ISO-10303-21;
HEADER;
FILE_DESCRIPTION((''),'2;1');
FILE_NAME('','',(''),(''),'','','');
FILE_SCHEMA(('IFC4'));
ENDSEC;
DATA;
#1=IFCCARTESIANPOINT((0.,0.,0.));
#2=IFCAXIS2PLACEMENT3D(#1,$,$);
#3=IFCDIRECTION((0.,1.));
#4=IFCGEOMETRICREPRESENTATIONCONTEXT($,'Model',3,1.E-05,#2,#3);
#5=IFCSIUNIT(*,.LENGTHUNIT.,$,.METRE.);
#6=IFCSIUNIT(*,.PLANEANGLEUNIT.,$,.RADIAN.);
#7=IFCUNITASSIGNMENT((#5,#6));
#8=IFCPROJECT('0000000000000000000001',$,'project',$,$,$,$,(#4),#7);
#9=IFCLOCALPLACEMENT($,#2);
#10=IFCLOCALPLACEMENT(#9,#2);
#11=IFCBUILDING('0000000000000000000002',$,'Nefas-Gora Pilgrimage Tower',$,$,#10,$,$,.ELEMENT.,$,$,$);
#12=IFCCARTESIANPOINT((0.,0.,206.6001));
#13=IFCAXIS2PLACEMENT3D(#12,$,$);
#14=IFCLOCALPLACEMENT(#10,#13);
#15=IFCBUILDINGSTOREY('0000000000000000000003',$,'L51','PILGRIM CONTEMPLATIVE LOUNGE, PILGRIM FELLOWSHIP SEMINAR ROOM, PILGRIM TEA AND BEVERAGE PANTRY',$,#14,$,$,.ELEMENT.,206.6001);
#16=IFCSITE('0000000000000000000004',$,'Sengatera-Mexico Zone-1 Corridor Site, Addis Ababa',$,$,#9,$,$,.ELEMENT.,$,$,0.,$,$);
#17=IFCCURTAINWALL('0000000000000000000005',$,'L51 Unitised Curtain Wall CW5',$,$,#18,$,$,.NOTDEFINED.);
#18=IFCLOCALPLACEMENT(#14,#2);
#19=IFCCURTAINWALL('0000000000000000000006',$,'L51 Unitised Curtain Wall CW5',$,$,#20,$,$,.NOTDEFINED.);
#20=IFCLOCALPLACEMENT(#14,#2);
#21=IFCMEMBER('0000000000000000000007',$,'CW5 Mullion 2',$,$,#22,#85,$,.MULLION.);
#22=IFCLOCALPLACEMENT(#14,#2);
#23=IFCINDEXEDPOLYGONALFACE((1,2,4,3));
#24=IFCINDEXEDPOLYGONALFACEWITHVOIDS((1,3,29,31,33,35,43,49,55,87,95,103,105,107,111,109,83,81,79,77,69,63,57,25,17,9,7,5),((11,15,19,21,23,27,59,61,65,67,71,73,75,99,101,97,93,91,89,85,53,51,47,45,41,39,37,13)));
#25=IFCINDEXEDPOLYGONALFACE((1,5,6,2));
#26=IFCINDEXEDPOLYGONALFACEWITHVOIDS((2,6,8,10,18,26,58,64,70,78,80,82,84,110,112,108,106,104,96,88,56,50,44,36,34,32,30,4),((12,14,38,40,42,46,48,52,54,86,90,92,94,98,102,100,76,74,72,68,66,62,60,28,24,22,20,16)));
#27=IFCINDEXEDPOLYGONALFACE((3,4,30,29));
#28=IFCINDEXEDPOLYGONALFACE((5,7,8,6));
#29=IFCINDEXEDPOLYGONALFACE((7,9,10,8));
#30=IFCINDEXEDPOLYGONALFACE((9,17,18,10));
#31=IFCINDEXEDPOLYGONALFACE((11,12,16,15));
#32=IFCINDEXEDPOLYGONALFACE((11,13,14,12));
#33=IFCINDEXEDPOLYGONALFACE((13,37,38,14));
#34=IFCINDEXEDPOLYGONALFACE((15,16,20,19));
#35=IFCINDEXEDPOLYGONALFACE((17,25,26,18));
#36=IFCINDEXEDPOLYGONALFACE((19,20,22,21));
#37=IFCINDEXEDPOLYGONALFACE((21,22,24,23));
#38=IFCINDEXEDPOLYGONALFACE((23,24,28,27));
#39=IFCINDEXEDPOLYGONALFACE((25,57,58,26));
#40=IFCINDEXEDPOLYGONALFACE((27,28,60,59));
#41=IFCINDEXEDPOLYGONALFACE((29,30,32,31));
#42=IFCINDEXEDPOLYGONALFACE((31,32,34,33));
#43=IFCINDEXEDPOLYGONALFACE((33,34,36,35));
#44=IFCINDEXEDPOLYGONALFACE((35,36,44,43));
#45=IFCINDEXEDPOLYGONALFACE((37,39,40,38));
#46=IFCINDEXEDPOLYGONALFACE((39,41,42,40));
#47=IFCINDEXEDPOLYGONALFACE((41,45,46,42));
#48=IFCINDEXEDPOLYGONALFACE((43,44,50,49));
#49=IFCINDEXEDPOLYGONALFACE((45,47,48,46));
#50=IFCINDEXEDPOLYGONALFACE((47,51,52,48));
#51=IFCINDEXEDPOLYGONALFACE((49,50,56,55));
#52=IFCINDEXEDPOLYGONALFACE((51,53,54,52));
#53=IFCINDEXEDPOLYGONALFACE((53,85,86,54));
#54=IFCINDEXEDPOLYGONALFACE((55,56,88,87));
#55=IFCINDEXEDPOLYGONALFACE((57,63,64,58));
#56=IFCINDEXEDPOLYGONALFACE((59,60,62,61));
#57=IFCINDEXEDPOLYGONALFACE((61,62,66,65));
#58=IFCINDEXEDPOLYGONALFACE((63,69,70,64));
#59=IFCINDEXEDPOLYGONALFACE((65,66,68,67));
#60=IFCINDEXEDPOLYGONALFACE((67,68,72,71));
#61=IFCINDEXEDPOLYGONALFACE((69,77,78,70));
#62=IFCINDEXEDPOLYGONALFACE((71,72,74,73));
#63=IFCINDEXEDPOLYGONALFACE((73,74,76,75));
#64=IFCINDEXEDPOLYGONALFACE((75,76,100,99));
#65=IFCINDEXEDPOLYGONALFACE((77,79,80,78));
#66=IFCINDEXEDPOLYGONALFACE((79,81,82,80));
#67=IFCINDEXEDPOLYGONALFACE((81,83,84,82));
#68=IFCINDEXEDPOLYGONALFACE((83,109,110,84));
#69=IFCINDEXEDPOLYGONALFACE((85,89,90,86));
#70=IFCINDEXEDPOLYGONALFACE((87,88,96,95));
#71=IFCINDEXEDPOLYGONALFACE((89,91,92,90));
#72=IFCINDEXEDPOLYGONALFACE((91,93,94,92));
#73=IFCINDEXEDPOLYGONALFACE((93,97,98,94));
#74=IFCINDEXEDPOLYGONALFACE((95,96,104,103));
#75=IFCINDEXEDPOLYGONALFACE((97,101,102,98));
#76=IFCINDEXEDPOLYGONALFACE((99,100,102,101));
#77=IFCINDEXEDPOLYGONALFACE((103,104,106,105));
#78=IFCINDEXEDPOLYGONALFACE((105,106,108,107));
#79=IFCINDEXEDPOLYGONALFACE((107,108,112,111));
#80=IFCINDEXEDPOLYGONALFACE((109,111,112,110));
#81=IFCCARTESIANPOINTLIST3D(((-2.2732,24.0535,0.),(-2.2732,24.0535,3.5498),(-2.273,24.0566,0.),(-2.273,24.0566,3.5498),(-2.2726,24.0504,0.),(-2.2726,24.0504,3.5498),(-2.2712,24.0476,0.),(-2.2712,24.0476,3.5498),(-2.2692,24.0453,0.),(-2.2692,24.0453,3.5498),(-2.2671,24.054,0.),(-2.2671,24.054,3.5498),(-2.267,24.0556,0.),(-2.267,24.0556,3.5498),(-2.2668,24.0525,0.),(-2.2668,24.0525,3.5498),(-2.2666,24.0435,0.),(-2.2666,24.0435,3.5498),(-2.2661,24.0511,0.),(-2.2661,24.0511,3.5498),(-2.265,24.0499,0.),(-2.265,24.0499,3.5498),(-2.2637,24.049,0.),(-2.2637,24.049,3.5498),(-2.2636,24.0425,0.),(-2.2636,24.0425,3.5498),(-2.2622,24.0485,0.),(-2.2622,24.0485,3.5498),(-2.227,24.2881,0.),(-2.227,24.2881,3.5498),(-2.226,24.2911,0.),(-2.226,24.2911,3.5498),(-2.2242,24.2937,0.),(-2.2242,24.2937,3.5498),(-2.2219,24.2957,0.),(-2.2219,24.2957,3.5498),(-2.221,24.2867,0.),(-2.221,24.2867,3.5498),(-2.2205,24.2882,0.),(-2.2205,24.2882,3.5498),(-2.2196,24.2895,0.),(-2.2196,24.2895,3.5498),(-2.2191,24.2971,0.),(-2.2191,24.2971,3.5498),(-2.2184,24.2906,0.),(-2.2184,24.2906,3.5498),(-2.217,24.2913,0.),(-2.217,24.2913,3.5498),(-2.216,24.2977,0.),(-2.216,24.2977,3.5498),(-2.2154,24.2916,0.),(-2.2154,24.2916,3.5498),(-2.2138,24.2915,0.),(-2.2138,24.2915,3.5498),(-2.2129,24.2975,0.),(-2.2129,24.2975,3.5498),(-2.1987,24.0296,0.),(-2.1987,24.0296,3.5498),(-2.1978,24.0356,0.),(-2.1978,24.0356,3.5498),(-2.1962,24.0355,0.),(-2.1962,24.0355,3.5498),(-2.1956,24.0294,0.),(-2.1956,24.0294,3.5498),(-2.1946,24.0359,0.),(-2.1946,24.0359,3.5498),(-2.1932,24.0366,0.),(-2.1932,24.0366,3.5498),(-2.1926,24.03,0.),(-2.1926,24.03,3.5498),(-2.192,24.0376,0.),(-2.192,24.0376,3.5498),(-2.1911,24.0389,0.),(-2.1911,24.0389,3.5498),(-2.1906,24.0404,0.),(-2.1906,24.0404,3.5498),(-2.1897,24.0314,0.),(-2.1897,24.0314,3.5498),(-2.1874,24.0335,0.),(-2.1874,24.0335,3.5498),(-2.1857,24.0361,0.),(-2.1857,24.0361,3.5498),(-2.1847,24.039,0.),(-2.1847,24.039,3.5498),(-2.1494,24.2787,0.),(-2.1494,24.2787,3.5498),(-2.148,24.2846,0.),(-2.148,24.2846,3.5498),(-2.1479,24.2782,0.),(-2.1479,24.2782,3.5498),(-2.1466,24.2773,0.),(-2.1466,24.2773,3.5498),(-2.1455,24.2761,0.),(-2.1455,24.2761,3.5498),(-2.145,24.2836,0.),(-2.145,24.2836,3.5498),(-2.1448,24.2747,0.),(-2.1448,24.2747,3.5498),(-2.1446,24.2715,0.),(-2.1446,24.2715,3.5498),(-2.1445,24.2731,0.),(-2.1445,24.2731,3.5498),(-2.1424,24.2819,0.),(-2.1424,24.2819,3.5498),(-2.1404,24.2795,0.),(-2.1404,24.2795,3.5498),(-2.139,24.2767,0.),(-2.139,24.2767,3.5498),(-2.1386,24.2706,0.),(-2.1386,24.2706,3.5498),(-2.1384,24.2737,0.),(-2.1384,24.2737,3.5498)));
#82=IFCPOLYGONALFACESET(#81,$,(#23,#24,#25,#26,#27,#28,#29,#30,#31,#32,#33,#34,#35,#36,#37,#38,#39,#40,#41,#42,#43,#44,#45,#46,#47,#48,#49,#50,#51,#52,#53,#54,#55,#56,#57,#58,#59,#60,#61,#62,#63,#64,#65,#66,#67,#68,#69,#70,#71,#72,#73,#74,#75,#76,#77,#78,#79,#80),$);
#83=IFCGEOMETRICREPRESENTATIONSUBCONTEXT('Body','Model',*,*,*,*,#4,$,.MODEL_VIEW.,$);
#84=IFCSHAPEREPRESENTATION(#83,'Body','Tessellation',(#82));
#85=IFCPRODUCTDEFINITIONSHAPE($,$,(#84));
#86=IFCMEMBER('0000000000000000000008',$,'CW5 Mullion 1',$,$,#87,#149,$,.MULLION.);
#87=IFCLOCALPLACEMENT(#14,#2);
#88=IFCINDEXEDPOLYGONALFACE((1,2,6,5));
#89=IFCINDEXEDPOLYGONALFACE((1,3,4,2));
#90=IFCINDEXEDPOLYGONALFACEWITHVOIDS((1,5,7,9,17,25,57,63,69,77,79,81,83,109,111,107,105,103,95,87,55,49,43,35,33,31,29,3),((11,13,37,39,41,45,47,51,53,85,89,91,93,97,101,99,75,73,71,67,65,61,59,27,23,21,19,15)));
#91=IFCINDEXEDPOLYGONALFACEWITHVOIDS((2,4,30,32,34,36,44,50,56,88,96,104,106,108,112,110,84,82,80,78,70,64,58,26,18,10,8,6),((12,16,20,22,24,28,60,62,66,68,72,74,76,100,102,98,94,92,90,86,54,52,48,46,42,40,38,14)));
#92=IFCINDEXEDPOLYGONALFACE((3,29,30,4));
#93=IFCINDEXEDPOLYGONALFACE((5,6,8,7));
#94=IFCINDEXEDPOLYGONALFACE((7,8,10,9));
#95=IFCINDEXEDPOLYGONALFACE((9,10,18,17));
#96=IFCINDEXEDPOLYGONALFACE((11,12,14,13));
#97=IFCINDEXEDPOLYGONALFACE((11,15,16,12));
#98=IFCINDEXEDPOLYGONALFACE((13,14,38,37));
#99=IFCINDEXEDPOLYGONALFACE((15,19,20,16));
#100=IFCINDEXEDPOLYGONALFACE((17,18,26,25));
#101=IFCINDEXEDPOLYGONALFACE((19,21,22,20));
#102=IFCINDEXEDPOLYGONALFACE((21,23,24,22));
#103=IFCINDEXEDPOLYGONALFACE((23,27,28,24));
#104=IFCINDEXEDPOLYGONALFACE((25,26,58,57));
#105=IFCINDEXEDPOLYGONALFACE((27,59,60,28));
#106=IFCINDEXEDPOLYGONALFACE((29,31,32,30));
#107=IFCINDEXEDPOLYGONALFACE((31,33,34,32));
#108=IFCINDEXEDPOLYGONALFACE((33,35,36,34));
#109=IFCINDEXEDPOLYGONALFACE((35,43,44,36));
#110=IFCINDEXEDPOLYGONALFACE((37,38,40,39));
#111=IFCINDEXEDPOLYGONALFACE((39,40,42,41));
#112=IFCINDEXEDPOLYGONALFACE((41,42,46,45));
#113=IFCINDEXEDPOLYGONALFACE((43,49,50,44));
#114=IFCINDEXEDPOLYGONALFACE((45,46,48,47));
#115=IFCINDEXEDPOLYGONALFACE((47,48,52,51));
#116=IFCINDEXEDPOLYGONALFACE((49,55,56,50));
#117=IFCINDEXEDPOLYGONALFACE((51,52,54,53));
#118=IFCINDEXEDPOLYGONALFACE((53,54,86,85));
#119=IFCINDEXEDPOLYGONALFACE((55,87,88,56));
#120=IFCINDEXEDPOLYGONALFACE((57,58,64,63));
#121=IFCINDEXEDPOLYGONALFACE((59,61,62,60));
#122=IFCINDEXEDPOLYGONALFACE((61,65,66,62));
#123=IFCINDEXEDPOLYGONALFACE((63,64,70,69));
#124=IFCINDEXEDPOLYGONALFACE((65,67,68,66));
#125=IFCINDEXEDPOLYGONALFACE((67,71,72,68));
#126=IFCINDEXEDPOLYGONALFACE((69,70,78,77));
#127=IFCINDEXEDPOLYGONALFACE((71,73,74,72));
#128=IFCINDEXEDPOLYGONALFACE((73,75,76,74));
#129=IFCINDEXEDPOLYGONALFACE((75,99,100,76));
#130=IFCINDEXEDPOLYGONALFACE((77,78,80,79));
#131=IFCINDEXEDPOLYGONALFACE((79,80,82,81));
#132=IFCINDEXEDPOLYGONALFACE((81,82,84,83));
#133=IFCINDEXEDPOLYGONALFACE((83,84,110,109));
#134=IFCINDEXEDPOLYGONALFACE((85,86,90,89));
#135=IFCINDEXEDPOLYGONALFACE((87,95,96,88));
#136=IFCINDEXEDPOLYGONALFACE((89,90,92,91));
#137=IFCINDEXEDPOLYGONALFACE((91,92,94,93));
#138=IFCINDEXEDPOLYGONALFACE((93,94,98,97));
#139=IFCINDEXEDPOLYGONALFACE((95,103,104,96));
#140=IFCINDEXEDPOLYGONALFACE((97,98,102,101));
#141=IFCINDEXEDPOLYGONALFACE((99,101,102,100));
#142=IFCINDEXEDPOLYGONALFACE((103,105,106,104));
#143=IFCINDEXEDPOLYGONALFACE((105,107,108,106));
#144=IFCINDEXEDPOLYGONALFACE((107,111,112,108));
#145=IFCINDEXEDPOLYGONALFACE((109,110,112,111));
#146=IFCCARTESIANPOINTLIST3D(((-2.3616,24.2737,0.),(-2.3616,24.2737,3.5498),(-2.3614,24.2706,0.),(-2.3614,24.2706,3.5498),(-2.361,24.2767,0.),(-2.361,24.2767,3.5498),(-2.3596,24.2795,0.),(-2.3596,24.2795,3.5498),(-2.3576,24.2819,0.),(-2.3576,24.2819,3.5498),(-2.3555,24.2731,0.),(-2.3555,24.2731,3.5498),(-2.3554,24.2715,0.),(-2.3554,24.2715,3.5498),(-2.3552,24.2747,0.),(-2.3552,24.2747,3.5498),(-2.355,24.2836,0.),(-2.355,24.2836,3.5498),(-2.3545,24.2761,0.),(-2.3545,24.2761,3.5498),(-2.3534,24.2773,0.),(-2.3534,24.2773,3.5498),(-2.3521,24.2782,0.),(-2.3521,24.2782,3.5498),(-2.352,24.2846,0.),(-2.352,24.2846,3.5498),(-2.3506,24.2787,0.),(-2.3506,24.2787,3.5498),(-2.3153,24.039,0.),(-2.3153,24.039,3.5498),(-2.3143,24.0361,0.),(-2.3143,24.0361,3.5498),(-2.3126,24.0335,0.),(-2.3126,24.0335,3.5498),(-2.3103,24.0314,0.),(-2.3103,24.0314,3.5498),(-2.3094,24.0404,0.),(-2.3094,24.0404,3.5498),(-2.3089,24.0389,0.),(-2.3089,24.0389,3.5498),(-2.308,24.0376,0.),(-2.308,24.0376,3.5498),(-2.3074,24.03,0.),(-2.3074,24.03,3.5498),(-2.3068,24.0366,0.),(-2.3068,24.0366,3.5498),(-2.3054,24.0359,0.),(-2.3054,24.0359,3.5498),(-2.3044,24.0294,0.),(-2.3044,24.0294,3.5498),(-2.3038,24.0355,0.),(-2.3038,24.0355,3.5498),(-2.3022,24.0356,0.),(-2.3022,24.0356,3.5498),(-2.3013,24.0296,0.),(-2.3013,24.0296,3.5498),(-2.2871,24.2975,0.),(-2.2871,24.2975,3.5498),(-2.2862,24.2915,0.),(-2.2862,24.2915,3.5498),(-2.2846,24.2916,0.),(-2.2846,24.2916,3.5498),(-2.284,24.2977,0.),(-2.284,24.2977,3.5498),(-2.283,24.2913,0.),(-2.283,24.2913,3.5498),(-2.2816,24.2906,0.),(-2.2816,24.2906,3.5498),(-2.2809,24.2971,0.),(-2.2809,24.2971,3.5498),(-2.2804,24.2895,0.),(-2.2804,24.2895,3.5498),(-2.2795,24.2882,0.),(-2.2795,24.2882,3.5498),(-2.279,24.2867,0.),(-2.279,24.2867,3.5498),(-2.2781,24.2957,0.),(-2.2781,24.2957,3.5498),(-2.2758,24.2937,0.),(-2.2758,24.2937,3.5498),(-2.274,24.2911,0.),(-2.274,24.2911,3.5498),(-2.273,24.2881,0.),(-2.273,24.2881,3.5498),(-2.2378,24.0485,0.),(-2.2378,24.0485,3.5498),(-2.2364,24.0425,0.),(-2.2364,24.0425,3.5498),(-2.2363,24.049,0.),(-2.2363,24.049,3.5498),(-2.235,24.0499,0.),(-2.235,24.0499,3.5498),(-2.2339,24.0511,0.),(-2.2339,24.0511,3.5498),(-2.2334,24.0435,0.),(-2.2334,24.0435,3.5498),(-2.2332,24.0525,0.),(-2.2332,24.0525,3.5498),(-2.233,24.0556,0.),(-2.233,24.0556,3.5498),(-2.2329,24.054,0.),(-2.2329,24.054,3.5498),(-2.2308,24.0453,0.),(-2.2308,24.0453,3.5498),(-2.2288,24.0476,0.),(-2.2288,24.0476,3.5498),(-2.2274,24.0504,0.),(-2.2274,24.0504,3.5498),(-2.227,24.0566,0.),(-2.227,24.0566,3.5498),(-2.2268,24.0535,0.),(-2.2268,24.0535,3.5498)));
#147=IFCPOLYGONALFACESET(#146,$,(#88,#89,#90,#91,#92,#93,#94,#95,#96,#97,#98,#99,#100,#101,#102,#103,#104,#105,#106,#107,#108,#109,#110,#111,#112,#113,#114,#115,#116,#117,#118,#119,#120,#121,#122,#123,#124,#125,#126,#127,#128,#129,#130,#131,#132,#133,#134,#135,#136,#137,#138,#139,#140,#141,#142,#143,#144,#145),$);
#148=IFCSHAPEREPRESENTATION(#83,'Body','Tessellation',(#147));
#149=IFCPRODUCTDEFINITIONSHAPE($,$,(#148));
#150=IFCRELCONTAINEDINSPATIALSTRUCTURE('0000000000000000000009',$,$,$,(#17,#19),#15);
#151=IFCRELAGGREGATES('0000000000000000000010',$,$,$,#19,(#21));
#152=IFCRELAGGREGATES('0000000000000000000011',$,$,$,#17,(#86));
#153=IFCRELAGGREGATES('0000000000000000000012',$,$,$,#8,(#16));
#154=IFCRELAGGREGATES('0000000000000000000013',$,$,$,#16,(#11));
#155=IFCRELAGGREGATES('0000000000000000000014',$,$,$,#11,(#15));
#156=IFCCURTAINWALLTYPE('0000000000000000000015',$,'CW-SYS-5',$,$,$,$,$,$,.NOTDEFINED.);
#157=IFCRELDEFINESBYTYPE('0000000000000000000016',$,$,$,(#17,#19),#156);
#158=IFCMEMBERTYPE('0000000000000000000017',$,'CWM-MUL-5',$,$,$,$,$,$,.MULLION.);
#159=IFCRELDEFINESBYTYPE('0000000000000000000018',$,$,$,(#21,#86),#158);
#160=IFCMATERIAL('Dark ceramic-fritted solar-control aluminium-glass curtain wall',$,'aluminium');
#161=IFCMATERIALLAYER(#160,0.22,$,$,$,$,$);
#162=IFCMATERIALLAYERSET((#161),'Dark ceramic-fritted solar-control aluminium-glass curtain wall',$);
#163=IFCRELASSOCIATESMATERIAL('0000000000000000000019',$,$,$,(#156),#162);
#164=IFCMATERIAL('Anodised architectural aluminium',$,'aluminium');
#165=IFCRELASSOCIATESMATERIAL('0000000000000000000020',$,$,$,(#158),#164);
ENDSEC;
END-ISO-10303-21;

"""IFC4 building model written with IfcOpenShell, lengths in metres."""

from ifc_helpers import new_model, si_unit, direction, frame, origin, origin_2d, place, context, subcontext, project, spatial, hollow_rectangle, extrude, source, transform, mapped, material, layer, layer_set, material_profile, profile_set, type_object, element, aggregate, save


model = new_model("IFC4")

# Units and contexts
model_context = context("Model", 3, precision=1e-05, world=origin(), true_north=direction((0.0, 1.0)))
body_context = subcontext(model_context, "Body", "Model", "MODEL_VIEW")
ifc_project = project(units=[si_unit("LENGTHUNIT", "METRE"), si_unit("PLANEANGLEUNIT", "RADIAN")], contexts=[model_context])

# Site, building, storey
site_placement = place(None, origin())
site = spatial("IfcSite", under=ifc_project, at=site_placement, Name="Sengatera-Mexico Zone-1 Corridor Site, Addis Ababa", CompositionType="ELEMENT", RefElevation=0.0)
building_placement = place(site_placement, origin())
building = spatial("IfcBuilding", under=site, at=building_placement, Name="Nefas-Gora Pilgrimage Tower", CompositionType="ELEMENT")
storey_placement = place(building_placement, frame((0.0, 0.0, 206.6001)))
storey = spatial("IfcBuildingStorey", under=building, at=storey_placement, Name="L51", Description="PILGRIM CONTEMPLATIVE LOUNGE, PILGRIM FELLOWSHIP SEMINAR ROOM, PILGRIM TEA AND BEVERAGE PANTRY", CompositionType="ELEMENT", Elevation=206.6001)

# Curtain walls, member
ifc_material_1 = material(Name="Dark ceramic-fritted solar-control aluminium-glass curtain wall", Category="aluminium")
ifc_layer_1 = layer(ifc_material_1, 0.22)
ifc_layer_set_1 = layer_set([ifc_layer_1], Name="Dark ceramic-fritted solar-control aluminium-glass curtain wall")
curtain_wall_type = type_object("IfcCurtainWallType", Name="CW-SYS-5", PredefinedType="NOTDEFINED", material=ifc_layer_set_1)
ifc_material_2 = material(Name="Anodised architectural aluminium", Category="aluminium")
curtain_wall_1_placement = place(storey_placement, origin())
curtain_wall_1 = element("IfcCurtainWall", 1, at=curtain_wall_1_placement, inside=storey, type_object=curtain_wall_type, Name="L51 Unitised Curtain Wall CW5", PredefinedType="NOTDEFINED")
curtain_wall_2_placement = place(storey_placement, origin())
curtain_wall_2 = element("IfcCurtainWall", 2, at=curtain_wall_2_placement, inside=storey, type_object=curtain_wall_type, Name="L51 Unitised Curtain Wall CW5", PredefinedType="NOTDEFINED")
ifc_material_profile_1 = material_profile(ifc_material_2, hollow_rectangle(XDim=0.0901, YDim=0.26, WallThickness=0.0061, InnerFilletRadius=0.0061, OuterFilletRadius=0.012, at=origin_2d()), Name="ALU MULLION 90x260")
ifc_profile_set_1 = profile_set([ifc_material_profile_1], Name="Anodised architectural aluminium")
member_type_1 = type_object("IfcMemberType", Name="CWM-MUL-5", PredefinedType="MULLION", material=ifc_profile_set_1)
shared_shape_1 = source(origin(), body_context, "Body", "SweptSolid", [
    extrude(hollow_rectangle(XDim=0.0901, YDim=0.26, WallThickness=0.0061, InnerFilletRadius=0.0061, OuterFilletRadius=0.012, at=origin_2d()), origin(), (0.0, 0.0, 1.0), 3.5498),
])
member_1_placement = place(storey_placement, frame((-2.2058, 24.1636, 0.0), z_axis=(0.0, 0.0, 1.0), x_axis=(-0.980783, 0.195102, 0.0)))
member_1 = element("IfcMember", 3, at=member_1_placement, type_object=member_type_1, Name="CW5 Mullion 2", PredefinedType="MULLION", context=body_context, shape_type="MappedRepresentation", body=[
    mapped(shared_shape_1, transform((0.0, 0.0, 0.0), x_axis=(1.0, 0.0, 0.0), y_axis=(0.0, 1.0, 0.0), z_axis=(0.0, 0.0, 1.0), scale=1.0)),
])
aggregate(curtain_wall_2, [member_1])

# Member
member_2_placement = place(storey_placement, frame((-2.2942, 24.1636, 0.0), z_axis=(0.0, 0.0, 1.0), x_axis=(-0.980783, -0.195102, 0.0)))
member_2 = element("IfcMember", 4, at=member_2_placement, type_object=member_type_1, Name="CW5 Mullion 1", PredefinedType="MULLION", context=body_context, shape_type="MappedRepresentation", body=[
    mapped(shared_shape_1, transform((0.0, 0.0, 0.0), x_axis=(1.0, 0.0, 0.0), y_axis=(0.0, 1.0, 0.0), z_axis=(0.0, 0.0, 1.0), scale=1.0)),
])

aggregate(curtain_wall_1, [member_2])

save(model, "model.ifc")
